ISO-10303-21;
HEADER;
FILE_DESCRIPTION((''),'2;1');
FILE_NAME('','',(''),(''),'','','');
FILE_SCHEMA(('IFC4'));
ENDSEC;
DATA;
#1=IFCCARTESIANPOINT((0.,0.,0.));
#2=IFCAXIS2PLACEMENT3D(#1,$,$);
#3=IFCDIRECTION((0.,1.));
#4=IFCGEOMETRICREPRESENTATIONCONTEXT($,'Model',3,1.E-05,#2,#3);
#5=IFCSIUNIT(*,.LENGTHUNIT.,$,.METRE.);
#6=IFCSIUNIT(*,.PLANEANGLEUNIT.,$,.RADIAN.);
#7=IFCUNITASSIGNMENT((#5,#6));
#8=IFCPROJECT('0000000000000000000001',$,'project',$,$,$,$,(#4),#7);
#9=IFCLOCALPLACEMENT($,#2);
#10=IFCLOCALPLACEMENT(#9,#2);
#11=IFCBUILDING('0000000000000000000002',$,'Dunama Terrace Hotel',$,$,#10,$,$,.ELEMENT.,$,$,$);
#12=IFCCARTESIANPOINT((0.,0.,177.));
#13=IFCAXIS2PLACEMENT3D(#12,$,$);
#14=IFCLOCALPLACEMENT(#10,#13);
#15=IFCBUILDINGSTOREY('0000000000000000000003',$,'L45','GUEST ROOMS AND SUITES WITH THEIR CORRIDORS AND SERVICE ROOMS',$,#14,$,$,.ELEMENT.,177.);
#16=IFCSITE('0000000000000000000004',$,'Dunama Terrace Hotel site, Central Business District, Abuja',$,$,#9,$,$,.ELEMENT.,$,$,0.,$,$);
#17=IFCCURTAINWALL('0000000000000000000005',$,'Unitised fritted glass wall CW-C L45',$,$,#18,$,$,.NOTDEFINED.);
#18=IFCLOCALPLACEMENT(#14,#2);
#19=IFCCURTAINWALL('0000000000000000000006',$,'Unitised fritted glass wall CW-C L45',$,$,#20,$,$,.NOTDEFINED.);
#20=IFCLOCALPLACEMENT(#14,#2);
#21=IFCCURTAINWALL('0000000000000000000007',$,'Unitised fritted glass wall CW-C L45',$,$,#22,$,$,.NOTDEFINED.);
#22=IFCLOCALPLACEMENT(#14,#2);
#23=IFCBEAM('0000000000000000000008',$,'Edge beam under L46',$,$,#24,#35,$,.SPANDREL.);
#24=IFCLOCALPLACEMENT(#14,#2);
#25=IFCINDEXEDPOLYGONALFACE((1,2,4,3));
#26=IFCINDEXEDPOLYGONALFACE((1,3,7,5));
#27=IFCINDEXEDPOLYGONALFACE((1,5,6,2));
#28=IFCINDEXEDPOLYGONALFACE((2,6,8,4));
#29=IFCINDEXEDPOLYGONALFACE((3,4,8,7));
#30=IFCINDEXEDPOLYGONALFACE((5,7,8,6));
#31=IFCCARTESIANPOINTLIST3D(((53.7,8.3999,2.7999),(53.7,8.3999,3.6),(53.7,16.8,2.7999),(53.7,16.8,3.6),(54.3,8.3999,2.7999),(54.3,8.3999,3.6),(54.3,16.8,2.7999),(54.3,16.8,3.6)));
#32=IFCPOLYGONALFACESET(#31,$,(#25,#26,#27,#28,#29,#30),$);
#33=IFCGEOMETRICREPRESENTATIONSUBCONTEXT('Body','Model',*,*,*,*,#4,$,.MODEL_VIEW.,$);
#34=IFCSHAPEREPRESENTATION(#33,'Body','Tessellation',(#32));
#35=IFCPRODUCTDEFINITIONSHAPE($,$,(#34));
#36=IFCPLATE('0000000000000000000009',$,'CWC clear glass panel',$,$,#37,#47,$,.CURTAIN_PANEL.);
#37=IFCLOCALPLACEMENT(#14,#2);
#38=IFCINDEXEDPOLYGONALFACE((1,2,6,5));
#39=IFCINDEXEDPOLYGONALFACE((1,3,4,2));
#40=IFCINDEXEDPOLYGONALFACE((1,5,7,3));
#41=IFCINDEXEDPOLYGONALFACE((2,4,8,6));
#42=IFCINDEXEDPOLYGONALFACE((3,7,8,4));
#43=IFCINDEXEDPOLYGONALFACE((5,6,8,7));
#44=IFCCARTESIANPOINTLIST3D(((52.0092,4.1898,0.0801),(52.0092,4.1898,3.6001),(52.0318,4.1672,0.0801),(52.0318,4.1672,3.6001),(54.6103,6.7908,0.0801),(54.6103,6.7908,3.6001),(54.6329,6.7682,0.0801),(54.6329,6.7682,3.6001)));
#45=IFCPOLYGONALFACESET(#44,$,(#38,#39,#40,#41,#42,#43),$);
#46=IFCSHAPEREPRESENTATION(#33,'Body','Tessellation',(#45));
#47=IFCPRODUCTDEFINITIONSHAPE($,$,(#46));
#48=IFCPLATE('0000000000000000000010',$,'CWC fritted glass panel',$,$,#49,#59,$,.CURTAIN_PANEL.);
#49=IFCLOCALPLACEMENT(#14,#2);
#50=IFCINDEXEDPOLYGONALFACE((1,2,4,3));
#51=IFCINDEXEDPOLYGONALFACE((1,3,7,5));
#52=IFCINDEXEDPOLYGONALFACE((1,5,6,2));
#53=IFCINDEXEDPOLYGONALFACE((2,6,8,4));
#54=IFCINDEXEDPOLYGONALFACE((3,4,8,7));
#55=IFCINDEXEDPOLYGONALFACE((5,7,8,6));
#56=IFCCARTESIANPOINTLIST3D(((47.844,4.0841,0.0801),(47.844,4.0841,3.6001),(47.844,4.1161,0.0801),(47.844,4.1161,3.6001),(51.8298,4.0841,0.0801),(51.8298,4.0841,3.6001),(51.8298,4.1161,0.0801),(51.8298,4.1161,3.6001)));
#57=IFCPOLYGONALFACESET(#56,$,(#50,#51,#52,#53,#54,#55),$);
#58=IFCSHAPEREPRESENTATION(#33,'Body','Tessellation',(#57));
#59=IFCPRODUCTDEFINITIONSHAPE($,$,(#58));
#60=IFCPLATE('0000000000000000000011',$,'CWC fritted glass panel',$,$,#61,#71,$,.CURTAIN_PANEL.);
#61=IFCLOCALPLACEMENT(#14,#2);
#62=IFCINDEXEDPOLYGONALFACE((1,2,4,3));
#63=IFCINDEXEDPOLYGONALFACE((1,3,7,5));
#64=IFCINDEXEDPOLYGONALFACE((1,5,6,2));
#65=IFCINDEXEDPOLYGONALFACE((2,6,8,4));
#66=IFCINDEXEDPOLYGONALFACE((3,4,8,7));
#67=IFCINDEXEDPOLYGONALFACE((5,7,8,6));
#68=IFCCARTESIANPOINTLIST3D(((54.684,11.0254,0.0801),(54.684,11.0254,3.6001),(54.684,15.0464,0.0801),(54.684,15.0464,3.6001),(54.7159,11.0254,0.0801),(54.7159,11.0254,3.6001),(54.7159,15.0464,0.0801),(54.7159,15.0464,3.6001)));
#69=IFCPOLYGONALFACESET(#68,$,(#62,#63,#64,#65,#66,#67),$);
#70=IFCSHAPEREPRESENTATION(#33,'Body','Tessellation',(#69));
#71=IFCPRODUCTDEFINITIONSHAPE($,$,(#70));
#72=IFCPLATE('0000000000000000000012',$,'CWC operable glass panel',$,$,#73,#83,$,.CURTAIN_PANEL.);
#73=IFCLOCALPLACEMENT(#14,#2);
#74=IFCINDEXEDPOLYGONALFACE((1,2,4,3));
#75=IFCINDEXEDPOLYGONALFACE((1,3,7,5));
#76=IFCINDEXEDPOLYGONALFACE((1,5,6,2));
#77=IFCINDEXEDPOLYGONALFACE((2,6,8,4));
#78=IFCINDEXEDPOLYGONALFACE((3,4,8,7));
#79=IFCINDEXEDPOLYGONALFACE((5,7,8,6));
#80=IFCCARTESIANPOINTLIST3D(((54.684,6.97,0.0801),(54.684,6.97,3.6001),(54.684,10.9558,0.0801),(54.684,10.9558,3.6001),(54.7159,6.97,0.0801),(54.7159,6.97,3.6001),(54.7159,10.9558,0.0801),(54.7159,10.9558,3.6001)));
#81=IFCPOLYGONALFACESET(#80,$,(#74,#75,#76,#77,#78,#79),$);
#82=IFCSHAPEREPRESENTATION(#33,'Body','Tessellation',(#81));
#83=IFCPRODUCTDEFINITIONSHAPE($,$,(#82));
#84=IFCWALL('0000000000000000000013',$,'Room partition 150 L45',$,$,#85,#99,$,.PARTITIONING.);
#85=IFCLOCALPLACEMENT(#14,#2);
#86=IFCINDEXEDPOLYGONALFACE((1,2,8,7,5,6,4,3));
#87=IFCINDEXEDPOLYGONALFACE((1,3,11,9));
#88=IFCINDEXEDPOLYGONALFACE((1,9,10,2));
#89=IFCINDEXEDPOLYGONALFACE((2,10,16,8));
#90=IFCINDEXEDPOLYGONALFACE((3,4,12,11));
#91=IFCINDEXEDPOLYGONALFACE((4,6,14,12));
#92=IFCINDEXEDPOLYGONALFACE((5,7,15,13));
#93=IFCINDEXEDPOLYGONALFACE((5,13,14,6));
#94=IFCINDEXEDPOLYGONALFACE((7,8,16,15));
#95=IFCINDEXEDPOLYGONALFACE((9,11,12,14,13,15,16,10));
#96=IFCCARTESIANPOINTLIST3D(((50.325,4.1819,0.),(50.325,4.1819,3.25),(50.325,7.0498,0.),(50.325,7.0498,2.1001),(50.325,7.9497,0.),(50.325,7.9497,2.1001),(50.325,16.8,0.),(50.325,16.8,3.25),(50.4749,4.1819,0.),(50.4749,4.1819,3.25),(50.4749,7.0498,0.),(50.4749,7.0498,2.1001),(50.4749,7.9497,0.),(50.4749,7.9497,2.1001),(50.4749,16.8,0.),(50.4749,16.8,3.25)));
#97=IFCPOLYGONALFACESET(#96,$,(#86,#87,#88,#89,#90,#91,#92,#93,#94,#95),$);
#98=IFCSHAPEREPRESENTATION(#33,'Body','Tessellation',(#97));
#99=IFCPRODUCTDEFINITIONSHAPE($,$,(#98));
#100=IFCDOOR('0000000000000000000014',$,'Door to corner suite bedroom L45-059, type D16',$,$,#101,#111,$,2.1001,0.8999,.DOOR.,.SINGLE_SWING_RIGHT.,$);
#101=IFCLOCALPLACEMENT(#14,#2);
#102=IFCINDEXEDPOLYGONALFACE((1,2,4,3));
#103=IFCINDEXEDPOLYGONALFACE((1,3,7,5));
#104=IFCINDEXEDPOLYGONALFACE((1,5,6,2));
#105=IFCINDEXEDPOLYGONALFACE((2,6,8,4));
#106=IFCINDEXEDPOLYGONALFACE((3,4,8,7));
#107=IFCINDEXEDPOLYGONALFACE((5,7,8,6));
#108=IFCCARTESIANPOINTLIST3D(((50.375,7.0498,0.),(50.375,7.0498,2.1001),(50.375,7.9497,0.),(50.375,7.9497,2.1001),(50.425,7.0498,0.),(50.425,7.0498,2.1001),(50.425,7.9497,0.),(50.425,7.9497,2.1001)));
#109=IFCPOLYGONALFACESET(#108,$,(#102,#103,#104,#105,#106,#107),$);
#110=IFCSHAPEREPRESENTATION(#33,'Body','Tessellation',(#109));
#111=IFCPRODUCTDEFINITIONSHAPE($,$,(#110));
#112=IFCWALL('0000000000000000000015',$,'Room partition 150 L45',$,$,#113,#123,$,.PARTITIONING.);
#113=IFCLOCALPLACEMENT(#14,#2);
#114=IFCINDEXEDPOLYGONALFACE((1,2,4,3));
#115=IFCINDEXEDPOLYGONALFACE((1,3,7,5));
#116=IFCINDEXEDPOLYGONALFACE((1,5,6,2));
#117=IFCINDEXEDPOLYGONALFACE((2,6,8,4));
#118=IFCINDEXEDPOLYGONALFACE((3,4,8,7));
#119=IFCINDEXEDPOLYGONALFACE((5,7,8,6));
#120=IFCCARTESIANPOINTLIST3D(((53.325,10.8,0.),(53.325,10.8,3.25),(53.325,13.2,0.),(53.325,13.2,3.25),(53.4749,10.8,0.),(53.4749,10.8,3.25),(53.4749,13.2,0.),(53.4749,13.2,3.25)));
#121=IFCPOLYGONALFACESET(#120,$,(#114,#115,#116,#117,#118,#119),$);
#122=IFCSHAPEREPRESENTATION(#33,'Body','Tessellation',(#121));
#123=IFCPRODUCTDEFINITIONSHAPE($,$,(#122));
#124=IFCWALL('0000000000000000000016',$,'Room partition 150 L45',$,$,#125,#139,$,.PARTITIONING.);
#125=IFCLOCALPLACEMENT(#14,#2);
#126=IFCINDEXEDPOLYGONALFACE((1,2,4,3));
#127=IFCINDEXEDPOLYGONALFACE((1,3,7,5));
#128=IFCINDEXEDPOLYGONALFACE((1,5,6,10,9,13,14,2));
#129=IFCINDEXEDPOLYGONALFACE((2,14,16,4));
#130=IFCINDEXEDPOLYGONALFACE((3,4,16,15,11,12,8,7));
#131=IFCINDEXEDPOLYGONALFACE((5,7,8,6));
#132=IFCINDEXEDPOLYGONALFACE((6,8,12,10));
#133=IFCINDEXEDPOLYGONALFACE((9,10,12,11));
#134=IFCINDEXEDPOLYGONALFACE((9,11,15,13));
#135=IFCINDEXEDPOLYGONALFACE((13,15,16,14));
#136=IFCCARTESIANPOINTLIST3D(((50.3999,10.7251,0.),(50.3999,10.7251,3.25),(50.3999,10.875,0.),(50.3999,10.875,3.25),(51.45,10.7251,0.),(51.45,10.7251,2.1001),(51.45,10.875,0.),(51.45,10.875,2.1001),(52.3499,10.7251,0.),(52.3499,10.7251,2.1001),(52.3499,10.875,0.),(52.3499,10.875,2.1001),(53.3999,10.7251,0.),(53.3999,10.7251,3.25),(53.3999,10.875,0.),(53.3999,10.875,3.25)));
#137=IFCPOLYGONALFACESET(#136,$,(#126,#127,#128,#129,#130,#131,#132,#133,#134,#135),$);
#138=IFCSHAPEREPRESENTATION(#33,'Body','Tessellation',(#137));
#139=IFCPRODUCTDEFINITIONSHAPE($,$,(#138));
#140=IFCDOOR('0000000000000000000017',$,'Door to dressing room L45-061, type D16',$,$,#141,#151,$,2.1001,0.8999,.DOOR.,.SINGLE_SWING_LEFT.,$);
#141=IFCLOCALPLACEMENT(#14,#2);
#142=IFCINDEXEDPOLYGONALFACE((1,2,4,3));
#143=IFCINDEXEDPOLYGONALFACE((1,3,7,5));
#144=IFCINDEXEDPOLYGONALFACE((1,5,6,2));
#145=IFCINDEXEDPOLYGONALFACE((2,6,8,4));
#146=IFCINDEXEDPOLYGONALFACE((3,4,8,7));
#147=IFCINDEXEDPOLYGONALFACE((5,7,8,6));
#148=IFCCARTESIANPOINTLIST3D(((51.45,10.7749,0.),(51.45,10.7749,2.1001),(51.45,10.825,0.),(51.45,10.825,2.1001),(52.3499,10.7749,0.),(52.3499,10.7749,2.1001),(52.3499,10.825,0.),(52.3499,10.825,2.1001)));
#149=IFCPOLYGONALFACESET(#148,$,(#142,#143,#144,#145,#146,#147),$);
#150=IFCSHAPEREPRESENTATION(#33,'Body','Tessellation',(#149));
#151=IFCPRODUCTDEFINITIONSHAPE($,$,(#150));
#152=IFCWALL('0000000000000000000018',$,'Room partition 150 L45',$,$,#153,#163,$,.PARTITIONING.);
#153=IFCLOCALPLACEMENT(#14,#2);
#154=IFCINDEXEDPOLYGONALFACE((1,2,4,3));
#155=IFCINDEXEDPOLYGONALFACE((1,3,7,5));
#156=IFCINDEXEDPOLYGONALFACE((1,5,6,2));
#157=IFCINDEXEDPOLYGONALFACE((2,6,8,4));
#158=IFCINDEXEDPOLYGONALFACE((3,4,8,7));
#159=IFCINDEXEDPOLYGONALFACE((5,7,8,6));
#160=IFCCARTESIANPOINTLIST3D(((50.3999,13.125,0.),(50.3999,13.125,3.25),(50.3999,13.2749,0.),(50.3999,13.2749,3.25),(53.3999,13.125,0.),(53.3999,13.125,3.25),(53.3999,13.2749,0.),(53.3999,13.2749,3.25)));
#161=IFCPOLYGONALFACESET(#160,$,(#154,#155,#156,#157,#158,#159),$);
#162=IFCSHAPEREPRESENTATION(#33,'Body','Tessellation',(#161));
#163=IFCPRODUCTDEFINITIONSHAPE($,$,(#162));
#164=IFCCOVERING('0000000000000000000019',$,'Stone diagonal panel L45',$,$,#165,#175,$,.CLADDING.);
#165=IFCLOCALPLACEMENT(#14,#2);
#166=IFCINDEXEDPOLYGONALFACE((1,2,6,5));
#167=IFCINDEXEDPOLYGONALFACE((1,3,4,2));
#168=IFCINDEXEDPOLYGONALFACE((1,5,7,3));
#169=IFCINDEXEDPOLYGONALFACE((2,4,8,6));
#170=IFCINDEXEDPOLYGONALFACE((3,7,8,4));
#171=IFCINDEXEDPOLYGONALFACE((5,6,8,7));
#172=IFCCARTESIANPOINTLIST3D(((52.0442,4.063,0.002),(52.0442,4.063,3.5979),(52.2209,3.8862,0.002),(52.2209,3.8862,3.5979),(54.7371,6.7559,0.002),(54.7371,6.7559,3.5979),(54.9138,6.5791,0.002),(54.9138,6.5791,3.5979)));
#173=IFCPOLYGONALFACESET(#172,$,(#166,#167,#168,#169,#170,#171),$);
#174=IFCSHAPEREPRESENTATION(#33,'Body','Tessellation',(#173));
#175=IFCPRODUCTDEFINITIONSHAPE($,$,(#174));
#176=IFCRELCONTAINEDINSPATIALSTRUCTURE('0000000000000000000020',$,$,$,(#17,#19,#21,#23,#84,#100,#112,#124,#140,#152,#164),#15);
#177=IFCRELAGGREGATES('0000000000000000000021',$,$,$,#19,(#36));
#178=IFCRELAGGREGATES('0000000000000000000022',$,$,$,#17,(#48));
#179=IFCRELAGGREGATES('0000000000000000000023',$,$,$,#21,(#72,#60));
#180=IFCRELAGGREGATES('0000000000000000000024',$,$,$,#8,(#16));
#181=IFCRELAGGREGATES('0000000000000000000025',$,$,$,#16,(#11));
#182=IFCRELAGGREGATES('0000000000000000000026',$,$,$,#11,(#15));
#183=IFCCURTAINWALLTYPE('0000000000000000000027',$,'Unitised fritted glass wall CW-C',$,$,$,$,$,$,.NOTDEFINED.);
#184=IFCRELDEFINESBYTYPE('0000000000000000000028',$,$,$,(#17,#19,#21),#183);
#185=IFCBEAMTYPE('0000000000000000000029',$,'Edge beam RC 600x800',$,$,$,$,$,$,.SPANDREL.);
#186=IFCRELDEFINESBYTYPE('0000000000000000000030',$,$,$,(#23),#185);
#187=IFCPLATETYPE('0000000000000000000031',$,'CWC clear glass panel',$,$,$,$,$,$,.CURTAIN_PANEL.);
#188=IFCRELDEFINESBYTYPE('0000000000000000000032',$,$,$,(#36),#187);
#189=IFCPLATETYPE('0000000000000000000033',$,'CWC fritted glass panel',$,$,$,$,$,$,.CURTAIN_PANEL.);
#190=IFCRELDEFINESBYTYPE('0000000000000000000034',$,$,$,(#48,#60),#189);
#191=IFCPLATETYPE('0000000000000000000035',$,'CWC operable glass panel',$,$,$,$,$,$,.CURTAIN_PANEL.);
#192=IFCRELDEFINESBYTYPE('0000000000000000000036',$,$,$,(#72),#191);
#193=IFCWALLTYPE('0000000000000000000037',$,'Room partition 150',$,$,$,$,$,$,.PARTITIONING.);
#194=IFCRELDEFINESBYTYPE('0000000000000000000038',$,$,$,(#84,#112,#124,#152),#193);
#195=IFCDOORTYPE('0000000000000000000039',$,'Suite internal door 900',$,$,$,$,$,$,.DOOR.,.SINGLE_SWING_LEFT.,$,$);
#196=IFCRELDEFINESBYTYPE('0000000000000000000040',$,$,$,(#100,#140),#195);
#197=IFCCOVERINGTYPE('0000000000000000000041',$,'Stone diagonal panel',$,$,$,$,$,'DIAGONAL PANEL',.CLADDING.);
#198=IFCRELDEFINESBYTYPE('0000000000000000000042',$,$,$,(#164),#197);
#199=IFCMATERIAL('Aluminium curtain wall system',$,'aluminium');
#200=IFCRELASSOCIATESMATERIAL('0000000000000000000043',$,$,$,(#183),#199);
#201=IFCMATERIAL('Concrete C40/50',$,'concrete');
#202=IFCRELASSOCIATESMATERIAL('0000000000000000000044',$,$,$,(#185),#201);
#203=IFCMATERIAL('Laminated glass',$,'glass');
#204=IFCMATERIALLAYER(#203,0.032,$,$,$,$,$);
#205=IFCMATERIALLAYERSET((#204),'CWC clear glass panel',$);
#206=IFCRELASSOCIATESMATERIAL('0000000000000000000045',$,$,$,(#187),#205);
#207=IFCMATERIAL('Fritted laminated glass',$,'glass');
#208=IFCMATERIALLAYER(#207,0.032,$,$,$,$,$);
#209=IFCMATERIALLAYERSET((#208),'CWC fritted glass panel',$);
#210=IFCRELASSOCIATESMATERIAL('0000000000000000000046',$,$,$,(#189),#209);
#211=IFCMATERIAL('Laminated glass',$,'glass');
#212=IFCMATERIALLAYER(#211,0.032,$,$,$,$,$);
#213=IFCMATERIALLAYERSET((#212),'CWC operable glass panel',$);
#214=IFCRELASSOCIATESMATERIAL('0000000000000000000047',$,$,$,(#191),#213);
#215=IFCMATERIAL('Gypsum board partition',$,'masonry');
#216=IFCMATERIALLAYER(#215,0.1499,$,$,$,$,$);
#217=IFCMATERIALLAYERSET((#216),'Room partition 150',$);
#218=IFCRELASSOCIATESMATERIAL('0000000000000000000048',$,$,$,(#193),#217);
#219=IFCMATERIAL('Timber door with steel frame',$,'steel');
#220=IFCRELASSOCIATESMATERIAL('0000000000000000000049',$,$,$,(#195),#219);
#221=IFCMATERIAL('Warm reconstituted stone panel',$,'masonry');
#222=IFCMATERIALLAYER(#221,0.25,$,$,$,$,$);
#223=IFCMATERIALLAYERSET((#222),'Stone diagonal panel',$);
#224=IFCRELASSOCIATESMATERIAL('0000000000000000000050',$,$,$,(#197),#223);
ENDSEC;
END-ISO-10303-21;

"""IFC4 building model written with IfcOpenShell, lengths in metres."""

from ifc_helpers import new_model, si_unit, direction, frame, frame_2d, origin, origin_2d, place, context, subcontext, project, spatial, rectangle, extrude, material, layer, layer_set, material_profile, profile_set, type_object, element, fill, aggregate, save


model = new_model("IFC4")

# Units and contexts
model_context = context("Model", 3, precision=1e-05, world=origin(), true_north=direction((0.0, 1.0)))
body_context = subcontext(model_context, "Body", "Model", "MODEL_VIEW")
ifc_project = project(units=[si_unit("LENGTHUNIT", "METRE"), si_unit("PLANEANGLEUNIT", "RADIAN")], contexts=[model_context])

# Site, building, storey
site_placement = place(None, origin())
site = spatial("IfcSite", under=ifc_project, at=site_placement, Name="Dunama Terrace Hotel site, Central Business District, Abuja", CompositionType="ELEMENT", RefElevation=0.0)
building_placement = place(site_placement, origin())
building = spatial("IfcBuilding", under=site, at=building_placement, Name="Dunama Terrace Hotel", CompositionType="ELEMENT")
storey_placement = place(building_placement, frame((0.0, 0.0, 177.0)))
storey = spatial("IfcBuildingStorey", under=building, at=storey_placement, Name="L45", Description="GUEST ROOMS AND SUITES WITH THEIR CORRIDORS AND SERVICE ROOMS", CompositionType="ELEMENT", Elevation=177.0)

# Curtain walls
ifc_material_1 = material(Name="Aluminium curtain wall system", Category="aluminium")
curtain_wall_type = type_object("IfcCurtainWallType", Name="Unitised fritted glass wall CW-C", PredefinedType="NOTDEFINED", material=ifc_material_1)
curtain_wall_1_placement = place(storey_placement, origin())
curtain_wall_1 = element("IfcCurtainWall", 1, at=curtain_wall_1_placement, inside=storey, type_object=curtain_wall_type, Name="Unitised fritted glass wall CW-C L45", PredefinedType="NOTDEFINED")
curtain_wall_2_placement = place(storey_placement, origin())
curtain_wall_2 = element("IfcCurtainWall", 2, at=curtain_wall_2_placement, inside=storey, type_object=curtain_wall_type, Name="Unitised fritted glass wall CW-C L45", PredefinedType="NOTDEFINED")
curtain_wall_3_placement = place(storey_placement, origin())
curtain_wall_3 = element("IfcCurtainWall", 3, at=curtain_wall_3_placement, inside=storey, type_object=curtain_wall_type, Name="Unitised fritted glass wall CW-C L45", PredefinedType="NOTDEFINED")

# Beam
ifc_material_2 = material(Name="Concrete C40/50", Category="concrete")
ifc_material_profile_1 = material_profile(ifc_material_2, rectangle(XDim=0.6001, YDim=0.8, at=origin_2d()), Name="RC 600x800")
ifc_profile_set_1 = profile_set([ifc_material_profile_1], Name="Concrete C40/50")
beam_type_1 = type_object("IfcBeamType", Name="Edge beam RC 600x800", PredefinedType="SPANDREL", material=ifc_profile_set_1)
beam_1_placement = place(storey_placement, frame((54.0, 8.3999, 3.2), z_axis=(0.0, 1.0, 0.0), x_axis=(-1.0, 0.0, 0.0)))
element("IfcBeam", 4, at=beam_1_placement, inside=storey, type_object=beam_type_1, Name="Edge beam under L46", PredefinedType="SPANDREL", context=body_context, shape_type="SweptSolid", body=[
    extrude(rectangle(XDim=0.6001, YDim=0.8, at=origin_2d()), origin(), (0.0, 0.0, 1.0), 8.4001),
])

# Plates
ifc_material_3 = material(Name="Laminated glass", Category="glass")
ifc_layer_1 = layer(ifc_material_3, 0.032)
ifc_layer_set_1 = layer_set([ifc_layer_1], Name="CWC clear glass panel")
plate_type_1 = type_object("IfcPlateType", Name="CWC clear glass panel", PredefinedType="CURTAIN_PANEL", material=ifc_layer_set_1)
plate_1_placement = place(storey_placement, frame((53.321, 5.479, 0.0801), z_axis=(0.0, 0.0, 1.0), x_axis=(0.707107, 0.707107, 0.0)))
plate_1 = element("IfcPlate", 5, at=plate_1_placement, type_object=plate_type_1, Name="CWC clear glass panel", PredefinedType="CURTAIN_PANEL", context=body_context, shape_type="SweptSolid", body=[
    extrude(rectangle(XDim=3.6785, YDim=0.032, at=origin_2d()), origin(), (0.0, 0.0, 1.0), 3.52),
])
aggregate(curtain_wall_2, [plate_1])
ifc_material_4 = material(Name="Fritted laminated glass", Category="glass")
ifc_layer_2 = layer(ifc_material_4, 0.032)
ifc_layer_set_2 = layer_set([ifc_layer_2], Name="CWC fritted glass panel")
plate_type_2 = type_object("IfcPlateType", Name="CWC fritted glass panel", PredefinedType="CURTAIN_PANEL", material=ifc_layer_set_2)
plate_2_placement = place(storey_placement, frame((49.8369, 4.1001, 0.0801), z_axis=(0.0, 0.0, 1.0), x_axis=(1.0, 0.0, 0.0)))
plate_2 = element("IfcPlate", 6, at=plate_2_placement, type_object=plate_type_2, Name="CWC fritted glass panel", PredefinedType="CURTAIN_PANEL", context=body_context, shape_type="SweptSolid", body=[
    extrude(rectangle(XDim=3.9858, YDim=0.032, at=origin_2d()), origin(), (0.0, 0.0, 1.0), 3.52),
])
aggregate(curtain_wall_1, [plate_2])
plate_3_placement = place(storey_placement, frame((54.7, 13.0359, 0.0801), z_axis=(0.0, 0.0, 1.0), x_axis=(0.0, 1.0, 0.0)))
plate_3 = element("IfcPlate", 7, at=plate_3_placement, type_object=plate_type_2, Name="CWC fritted glass panel", PredefinedType="CURTAIN_PANEL", context=body_context, shape_type="SweptSolid", body=[
    extrude(rectangle(XDim=4.021, YDim=0.032, at=origin_2d()), origin(), (0.0, 0.0, 1.0), 3.52),
])
ifc_material_5 = material(Name="Laminated glass", Category="glass")
ifc_layer_3 = layer(ifc_material_5, 0.032)
ifc_layer_set_3 = layer_set([ifc_layer_3], Name="CWC operable glass panel")
plate_type_3 = type_object("IfcPlateType", Name="CWC operable glass panel", PredefinedType="CURTAIN_PANEL", material=ifc_layer_set_3)
plate_4_placement = place(storey_placement, frame((54.7, 8.9629, 0.0801), z_axis=(0.0, 0.0, 1.0), x_axis=(0.0, 1.0, 0.0)))
plate_4 = element("IfcPlate", 8, at=plate_4_placement, type_object=plate_type_3, Name="CWC operable glass panel", PredefinedType="CURTAIN_PANEL", context=body_context, shape_type="SweptSolid", body=[
    extrude(rectangle(XDim=3.9858, YDim=0.032, at=origin_2d()), origin(), (0.0, 0.0, 1.0), 3.52),
])
aggregate(curtain_wall_3, [plate_4, plate_3])

# Wall, opening, door
ifc_material_6 = material(Name="Gypsum board partition", Category="masonry")
ifc_layer_4 = layer(ifc_material_6, 0.1499)
ifc_layer_set_4 = layer_set([ifc_layer_4], Name="Room partition 150")
wall_type = type_object("IfcWallType", Name="Room partition 150", PredefinedType="PARTITIONING", material=ifc_layer_set_4)
wall_1_placement = place(storey_placement, frame((50.3999, 4.1819, 0.0), z_axis=(0.0, 0.0, 1.0), x_axis=(0.0, 1.0, 0.0)))
wall_1 = element("IfcWall", 9, at=wall_1_placement, inside=storey, type_object=wall_type, Name="Room partition 150 L45", PredefinedType="PARTITIONING", context=body_context, shape_type="SweptSolid", body=[
    extrude(rectangle(XDim=12.6182, YDim=0.1499, at=frame_2d((6.3091, 0.0))), origin(), (0.0, 0.0, 1.0), 3.25),
])
opening_1_placement = place(wall_1_placement, frame((2.8679, 0.0, 0.0)))
opening_1 = element("IfcOpeningElement", 10, at=opening_1_placement, cuts=wall_1, PredefinedType="OPENING", context=body_context, shape_type="SweptSolid", body=[
    extrude(rectangle(XDim=0.8999, YDim=2.1001, at=frame_2d((0.45, 1.05))), frame((0.0, 0.085, 0.0), z_axis=(0.0, -1.0, 0.0), x_axis=(1.0, 0.0, 0.0)), (0.0, 0.0, 1.0), 0.1699),
])
ifc_material_7 = material(Name="Timber door with steel frame", Category="steel")
door_type = type_object("IfcDoorType", Name="Suite internal door 900", OperationType="SINGLE_SWING_LEFT", PredefinedType="DOOR", material=ifc_material_7)
door_1_placement = place(opening_1_placement, frame((0.8999, 0.0, 0.0), z_axis=(0.0, 0.0, 1.0), x_axis=(-1.0, 0.0, 0.0)))
door_1 = element("IfcDoor", 11, at=door_1_placement, inside=storey, type_object=door_type, Name="Door to corner suite bedroom L45-059, type D16", OperationType="SINGLE_SWING_RIGHT", OverallHeight=2.1001, OverallWidth=0.8999, PredefinedType="DOOR", context=body_context, shape_type="SweptSolid", body=[
    extrude(rectangle(XDim=0.8999, YDim=2.1001, at=frame_2d((0.45, 1.05))), frame((0.0, 0.0251, 0.0), z_axis=(0.0, -1.0, 0.0), x_axis=(1.0, 0.0, 0.0)), (0.0, 0.0, 1.0), 0.05),
])
fill(opening_1, door_1)

# Wall
wall_2_placement = place(storey_placement, frame((53.3999, 10.8, 0.0), z_axis=(0.0, 0.0, 1.0), x_axis=(0.0, 1.0, 0.0)))
element("IfcWall", 12, at=wall_2_placement, inside=storey, type_object=wall_type, Name="Room partition 150 L45", PredefinedType="PARTITIONING", context=body_context, shape_type="SweptSolid", body=[
    extrude(rectangle(XDim=2.3999, YDim=0.1499, at=frame_2d((1.2, 0.0))), origin(), (0.0, 0.0, 1.0), 3.25),
])

# Wall, opening, door
wall_3_placement = place(storey_placement, frame((50.3999, 10.8, 0.0), z_axis=(0.0, 0.0, 1.0), x_axis=(1.0, 0.0, 0.0)))
wall_3 = element("IfcWall", 13, at=wall_3_placement, inside=storey, type_object=wall_type, Name="Room partition 150 L45", PredefinedType="PARTITIONING", context=body_context, shape_type="SweptSolid", body=[
    extrude(rectangle(XDim=3.0, YDim=0.1499, at=frame_2d((1.5, 0.0))), origin(), (0.0, 0.0, 1.0), 3.25),
])
opening_2_placement = place(wall_3_placement, frame((1.05, 0.0, 0.0)))
opening_2 = element("IfcOpeningElement", 14, at=opening_2_placement, cuts=wall_3, PredefinedType="OPENING", context=body_context, shape_type="SweptSolid", body=[
    extrude(rectangle(XDim=0.8999, YDim=2.1001, at=frame_2d((0.45, 1.05))), frame((0.0, 0.085, 0.0), z_axis=(0.0, -1.0, 0.0), x_axis=(1.0, 0.0, 0.0)), (0.0, 0.0, 1.0), 0.1699),
])
door_2_placement = place(opening_2_placement, origin())
door_2 = element("IfcDoor", 15, at=door_2_placement, inside=storey, type_object=door_type, Name="Door to dressing room L45-061, type D16", OperationType="SINGLE_SWING_LEFT", OverallHeight=2.1001, OverallWidth=0.8999, PredefinedType="DOOR", context=body_context, shape_type="SweptSolid", body=[
    extrude(rectangle(XDim=0.8999, YDim=2.1001, at=frame_2d((0.45, 1.05))), frame((0.0, 0.0249, 0.0), z_axis=(0.0, -1.0, 0.0), x_axis=(1.0, 0.0, 0.0)), (0.0, 0.0, 1.0), 0.05),
])
fill(opening_2, door_2)

# Wall
wall_4_placement = place(storey_placement, frame((50.3999, 13.2, 0.0), z_axis=(0.0, 0.0, 1.0), x_axis=(1.0, 0.0, 0.0)))
element("IfcWall", 16, at=wall_4_placement, inside=storey, type_object=wall_type, Name="Room partition 150 L45", PredefinedType="PARTITIONING", context=body_context, shape_type="SweptSolid", body=[
    extrude(rectangle(XDim=3.0, YDim=0.1499, at=frame_2d((1.5, 0.0))), origin(), (0.0, 0.0, 1.0), 3.25),
])

# Covering
ifc_material_8 = material(Name="Warm reconstituted stone panel", Category="masonry")
ifc_layer_5 = layer(ifc_material_8, 0.25)
ifc_layer_set_5 = layer_set([ifc_layer_5], Name="Stone diagonal panel")
covering_type = type_object("IfcCoveringType", Name="Stone diagonal panel", ElementType="DIAGONAL PANEL", PredefinedType="CLADDING", material=ifc_layer_set_5)
covering_1_placement = place(storey_placement, frame((53.479, 5.321, 0.002), z_axis=(0.0, 0.0, 1.0), x_axis=(0.707107, 0.707107, 0.0)))
element("IfcCovering", 17, at=covering_1_placement, inside=storey, type_object=covering_type, Name="Stone diagonal panel L45", PredefinedType="CLADDING", context=body_context, shape_type="SweptSolid", body=[
    extrude(rectangle(XDim=3.8083, YDim=0.25, at=origin_2d()), origin(), (0.0, 0.0, 1.0), 3.5959),
])

save(model, "model.ifc")
